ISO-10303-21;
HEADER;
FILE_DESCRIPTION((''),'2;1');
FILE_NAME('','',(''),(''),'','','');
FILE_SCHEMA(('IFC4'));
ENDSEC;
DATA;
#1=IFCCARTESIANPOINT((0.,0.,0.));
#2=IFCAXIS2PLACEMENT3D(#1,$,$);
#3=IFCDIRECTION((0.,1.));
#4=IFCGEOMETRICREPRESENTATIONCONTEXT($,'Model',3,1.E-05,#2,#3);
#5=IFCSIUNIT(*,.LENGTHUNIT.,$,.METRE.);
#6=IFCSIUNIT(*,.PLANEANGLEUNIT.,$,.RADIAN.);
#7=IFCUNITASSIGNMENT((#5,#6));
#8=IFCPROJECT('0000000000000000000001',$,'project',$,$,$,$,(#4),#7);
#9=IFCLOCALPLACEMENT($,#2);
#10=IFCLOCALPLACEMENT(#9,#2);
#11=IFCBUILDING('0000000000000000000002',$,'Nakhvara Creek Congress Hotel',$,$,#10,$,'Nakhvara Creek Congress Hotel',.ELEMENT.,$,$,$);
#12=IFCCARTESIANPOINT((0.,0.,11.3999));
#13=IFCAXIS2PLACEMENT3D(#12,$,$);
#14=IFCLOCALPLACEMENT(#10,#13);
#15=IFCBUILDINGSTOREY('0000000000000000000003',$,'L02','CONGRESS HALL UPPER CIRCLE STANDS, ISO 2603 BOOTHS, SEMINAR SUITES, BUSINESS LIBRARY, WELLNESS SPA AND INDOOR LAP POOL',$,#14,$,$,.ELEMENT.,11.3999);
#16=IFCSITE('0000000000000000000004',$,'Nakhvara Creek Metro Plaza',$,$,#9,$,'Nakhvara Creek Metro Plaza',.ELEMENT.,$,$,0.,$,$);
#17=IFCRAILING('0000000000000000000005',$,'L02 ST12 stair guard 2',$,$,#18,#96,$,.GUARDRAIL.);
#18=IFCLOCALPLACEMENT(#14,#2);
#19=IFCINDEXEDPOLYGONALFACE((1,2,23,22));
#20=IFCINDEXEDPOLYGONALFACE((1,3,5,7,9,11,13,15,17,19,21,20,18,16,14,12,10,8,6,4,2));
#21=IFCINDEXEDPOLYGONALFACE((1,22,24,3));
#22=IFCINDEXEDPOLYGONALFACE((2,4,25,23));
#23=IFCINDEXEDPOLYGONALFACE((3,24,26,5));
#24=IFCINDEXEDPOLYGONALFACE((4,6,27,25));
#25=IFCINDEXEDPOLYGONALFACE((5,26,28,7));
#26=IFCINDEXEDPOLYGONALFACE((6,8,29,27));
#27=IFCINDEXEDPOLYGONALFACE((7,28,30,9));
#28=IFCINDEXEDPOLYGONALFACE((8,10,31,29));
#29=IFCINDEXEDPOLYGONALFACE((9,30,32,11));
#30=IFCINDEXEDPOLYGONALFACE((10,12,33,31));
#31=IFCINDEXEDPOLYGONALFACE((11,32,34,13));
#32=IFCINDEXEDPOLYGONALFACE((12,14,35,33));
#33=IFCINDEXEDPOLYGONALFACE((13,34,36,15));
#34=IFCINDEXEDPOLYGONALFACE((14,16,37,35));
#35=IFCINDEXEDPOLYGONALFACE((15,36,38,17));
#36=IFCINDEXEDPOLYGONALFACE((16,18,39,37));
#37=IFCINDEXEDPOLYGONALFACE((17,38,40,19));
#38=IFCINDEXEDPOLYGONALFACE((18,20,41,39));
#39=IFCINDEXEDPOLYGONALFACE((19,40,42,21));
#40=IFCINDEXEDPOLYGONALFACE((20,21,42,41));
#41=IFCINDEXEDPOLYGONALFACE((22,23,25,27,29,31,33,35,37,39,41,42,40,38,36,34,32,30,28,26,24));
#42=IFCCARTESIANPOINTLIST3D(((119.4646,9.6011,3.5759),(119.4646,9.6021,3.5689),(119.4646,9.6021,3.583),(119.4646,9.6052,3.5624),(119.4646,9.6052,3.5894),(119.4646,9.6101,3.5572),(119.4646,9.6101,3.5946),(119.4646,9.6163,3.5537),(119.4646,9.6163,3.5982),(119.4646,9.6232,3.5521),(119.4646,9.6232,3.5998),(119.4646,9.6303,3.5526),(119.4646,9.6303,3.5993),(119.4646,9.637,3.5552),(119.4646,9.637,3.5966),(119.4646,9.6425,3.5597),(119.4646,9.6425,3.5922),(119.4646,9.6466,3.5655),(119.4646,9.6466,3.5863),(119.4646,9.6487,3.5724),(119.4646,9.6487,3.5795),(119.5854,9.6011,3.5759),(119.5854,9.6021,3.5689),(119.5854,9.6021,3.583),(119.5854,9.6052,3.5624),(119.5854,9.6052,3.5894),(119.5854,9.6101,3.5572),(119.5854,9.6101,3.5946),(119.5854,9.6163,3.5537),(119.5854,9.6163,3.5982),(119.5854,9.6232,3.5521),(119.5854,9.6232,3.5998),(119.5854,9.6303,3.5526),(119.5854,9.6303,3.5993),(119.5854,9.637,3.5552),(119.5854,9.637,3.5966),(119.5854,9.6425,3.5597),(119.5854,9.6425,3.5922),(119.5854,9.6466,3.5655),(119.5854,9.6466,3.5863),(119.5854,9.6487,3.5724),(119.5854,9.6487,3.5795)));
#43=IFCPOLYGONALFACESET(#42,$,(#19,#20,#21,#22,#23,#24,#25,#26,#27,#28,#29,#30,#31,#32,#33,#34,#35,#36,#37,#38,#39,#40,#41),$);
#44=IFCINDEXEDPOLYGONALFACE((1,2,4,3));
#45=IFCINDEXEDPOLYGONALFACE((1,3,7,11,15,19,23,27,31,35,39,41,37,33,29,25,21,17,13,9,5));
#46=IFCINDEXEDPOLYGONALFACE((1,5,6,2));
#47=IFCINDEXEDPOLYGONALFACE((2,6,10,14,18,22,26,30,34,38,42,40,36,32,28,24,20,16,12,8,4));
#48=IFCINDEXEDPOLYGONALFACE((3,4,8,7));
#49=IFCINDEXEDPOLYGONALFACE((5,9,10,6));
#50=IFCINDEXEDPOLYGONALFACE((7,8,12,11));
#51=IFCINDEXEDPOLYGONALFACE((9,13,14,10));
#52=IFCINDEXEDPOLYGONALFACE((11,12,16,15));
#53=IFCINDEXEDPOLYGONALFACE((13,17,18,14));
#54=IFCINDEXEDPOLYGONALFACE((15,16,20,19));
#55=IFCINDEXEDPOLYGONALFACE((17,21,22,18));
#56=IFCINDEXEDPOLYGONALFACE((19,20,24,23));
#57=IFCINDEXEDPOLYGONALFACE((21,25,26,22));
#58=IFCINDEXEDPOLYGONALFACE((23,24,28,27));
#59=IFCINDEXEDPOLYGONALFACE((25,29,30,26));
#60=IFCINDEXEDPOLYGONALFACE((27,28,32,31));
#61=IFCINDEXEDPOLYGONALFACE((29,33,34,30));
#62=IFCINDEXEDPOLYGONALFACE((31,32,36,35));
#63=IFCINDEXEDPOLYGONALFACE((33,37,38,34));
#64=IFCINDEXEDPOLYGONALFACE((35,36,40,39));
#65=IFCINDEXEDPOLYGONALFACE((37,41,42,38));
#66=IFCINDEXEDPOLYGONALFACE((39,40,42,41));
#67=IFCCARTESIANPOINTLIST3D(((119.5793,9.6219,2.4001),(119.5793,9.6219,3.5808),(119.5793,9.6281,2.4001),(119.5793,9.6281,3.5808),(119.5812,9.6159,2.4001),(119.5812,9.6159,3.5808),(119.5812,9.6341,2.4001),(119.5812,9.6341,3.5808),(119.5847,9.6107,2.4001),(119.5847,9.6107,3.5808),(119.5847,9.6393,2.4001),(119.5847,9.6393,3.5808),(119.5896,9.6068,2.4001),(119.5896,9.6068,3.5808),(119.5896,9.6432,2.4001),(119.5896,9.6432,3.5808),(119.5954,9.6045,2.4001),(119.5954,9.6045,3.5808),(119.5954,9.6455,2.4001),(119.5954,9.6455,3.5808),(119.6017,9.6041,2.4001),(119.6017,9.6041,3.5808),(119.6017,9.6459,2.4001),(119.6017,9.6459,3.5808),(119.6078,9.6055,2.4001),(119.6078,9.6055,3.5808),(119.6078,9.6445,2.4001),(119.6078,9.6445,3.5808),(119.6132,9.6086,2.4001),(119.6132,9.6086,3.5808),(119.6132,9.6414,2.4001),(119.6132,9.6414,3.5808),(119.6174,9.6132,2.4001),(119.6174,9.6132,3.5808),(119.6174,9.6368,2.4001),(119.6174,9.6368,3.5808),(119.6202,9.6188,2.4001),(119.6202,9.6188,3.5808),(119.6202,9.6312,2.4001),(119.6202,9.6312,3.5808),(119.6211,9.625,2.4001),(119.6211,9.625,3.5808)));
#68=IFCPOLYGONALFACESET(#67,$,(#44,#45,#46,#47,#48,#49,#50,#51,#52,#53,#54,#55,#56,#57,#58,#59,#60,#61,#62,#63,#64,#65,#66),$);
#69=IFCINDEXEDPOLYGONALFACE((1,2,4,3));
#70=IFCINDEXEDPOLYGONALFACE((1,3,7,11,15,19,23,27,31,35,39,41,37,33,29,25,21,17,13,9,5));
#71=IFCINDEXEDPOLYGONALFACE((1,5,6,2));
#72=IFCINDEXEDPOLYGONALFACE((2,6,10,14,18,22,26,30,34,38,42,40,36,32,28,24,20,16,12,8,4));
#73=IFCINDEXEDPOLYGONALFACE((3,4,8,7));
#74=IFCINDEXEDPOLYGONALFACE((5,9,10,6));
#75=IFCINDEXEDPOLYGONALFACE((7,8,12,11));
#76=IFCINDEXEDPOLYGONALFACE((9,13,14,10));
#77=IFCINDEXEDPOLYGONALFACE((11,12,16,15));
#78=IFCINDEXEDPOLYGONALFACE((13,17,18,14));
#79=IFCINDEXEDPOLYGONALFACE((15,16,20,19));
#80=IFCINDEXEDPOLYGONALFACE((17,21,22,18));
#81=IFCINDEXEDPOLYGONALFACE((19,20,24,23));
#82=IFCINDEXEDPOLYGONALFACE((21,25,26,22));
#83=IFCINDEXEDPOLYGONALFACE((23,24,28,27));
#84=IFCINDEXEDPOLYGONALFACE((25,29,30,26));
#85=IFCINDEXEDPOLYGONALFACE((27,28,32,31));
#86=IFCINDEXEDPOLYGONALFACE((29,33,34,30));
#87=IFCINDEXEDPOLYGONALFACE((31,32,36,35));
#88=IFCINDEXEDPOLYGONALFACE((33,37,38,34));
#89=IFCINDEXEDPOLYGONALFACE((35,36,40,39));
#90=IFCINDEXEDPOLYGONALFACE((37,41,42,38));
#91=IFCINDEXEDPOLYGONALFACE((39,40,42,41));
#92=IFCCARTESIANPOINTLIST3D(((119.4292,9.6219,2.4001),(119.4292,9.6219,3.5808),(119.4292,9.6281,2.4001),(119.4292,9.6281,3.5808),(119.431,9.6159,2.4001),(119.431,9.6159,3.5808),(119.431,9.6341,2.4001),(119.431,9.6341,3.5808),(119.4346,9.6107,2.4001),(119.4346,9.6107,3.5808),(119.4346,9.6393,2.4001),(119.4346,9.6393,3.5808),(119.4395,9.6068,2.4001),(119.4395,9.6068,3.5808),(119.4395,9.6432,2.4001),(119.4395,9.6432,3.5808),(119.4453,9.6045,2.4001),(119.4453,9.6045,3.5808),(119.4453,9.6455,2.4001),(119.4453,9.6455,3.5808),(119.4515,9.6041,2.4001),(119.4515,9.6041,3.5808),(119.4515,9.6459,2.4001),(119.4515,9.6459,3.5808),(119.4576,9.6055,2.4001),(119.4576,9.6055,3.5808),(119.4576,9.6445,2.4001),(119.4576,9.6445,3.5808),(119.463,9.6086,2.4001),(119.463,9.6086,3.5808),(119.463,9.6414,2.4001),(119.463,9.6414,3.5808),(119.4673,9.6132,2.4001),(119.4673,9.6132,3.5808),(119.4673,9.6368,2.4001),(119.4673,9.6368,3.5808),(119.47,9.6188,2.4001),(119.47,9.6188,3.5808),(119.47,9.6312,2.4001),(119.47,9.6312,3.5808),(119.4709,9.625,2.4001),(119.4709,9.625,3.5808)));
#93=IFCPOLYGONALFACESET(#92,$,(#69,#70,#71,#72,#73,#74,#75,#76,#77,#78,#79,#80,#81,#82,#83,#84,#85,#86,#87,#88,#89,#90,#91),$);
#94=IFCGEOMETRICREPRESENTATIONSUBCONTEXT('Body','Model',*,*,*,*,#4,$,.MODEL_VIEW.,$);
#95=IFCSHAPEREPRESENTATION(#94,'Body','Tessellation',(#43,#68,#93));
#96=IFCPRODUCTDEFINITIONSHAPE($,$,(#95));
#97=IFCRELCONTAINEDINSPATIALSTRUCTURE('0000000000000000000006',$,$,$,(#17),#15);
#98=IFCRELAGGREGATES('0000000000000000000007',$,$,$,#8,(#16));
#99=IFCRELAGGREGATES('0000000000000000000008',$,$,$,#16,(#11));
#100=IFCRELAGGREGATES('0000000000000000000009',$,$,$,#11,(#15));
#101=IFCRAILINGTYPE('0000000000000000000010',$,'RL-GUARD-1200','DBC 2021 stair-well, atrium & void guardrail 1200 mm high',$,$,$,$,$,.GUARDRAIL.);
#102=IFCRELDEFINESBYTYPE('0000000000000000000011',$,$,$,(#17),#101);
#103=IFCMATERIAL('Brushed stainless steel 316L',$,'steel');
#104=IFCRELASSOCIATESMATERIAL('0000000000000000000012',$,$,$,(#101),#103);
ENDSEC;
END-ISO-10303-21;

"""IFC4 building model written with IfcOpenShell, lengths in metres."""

from ifc_helpers import new_model, si_unit, direction, frame, origin, origin_2d, place, context, subcontext, project, spatial, circle, extrude, material, type_object, element, save


model = new_model("IFC4")

# Units and contexts
model_context = context("Model", 3, precision=1e-05, world=origin(), true_north=direction((0.0, 1.0)))
body_context = subcontext(model_context, "Body", "Model", "MODEL_VIEW")
ifc_project = project(units=[si_unit("LENGTHUNIT", "METRE"), si_unit("PLANEANGLEUNIT", "RADIAN")], contexts=[model_context])

# Site, building, storey
site_placement = place(None, origin())
site = spatial("IfcSite", under=ifc_project, at=site_placement, Name="Nakhvara Creek Metro Plaza", LongName="Nakhvara Creek Metro Plaza", CompositionType="ELEMENT", RefElevation=0.0)
building_placement = place(site_placement, origin())
building = spatial("IfcBuilding", under=site, at=building_placement, Name="Nakhvara Creek Congress Hotel", LongName="Nakhvara Creek Congress Hotel", CompositionType="ELEMENT")
storey_placement = place(building_placement, frame((0.0, 0.0, 11.3999)))
storey = spatial("IfcBuildingStorey", under=building, at=storey_placement, Name="L02", Description="CONGRESS HALL UPPER CIRCLE STANDS, ISO 2603 BOOTHS, SEMINAR SUITES, BUSINESS LIBRARY, WELLNESS SPA AND INDOOR LAP POOL", CompositionType="ELEMENT", Elevation=11.3999)

# Railing
ifc_material_1 = material(Name="Brushed stainless steel 316L", Category="steel")
railing_type_1 = type_object("IfcRailingType", Name="RL-GUARD-1200", Description="DBC 2021 stair-well, atrium & void guardrail 1200 mm high", PredefinedType="GUARDRAIL", material=ifc_material_1)
railing_1_placement = place(storey_placement, frame((119.6001, 9.625, 2.4001)))
element("IfcRailing", 1, at=railing_1_placement, inside=storey, type_object=railing_type_1, Name="L02 ST12 stair guard 2", PredefinedType="GUARDRAIL", context=body_context, shape_type="SweptSolid", body=[
    extrude(circle(Radius=0.0239, at=origin_2d()), frame((-0.0146, 0.0, 1.1758), z_axis=(-1.0, 0.0, 0.0), x_axis=(0.0, -1.0, 0.0)), (0.0, 0.0, 1.0), 0.1208),
    extrude(circle(Radius=0.021, at=origin_2d()), origin(), (0.0, 0.0, 1.0), 1.1807),
    extrude(circle(Radius=0.021, at=origin_2d()), frame((-0.1501, 0.0, 0.0)), (0.0, 0.0, 1.0), 1.1807),
])

save(model, "model.ifc")
